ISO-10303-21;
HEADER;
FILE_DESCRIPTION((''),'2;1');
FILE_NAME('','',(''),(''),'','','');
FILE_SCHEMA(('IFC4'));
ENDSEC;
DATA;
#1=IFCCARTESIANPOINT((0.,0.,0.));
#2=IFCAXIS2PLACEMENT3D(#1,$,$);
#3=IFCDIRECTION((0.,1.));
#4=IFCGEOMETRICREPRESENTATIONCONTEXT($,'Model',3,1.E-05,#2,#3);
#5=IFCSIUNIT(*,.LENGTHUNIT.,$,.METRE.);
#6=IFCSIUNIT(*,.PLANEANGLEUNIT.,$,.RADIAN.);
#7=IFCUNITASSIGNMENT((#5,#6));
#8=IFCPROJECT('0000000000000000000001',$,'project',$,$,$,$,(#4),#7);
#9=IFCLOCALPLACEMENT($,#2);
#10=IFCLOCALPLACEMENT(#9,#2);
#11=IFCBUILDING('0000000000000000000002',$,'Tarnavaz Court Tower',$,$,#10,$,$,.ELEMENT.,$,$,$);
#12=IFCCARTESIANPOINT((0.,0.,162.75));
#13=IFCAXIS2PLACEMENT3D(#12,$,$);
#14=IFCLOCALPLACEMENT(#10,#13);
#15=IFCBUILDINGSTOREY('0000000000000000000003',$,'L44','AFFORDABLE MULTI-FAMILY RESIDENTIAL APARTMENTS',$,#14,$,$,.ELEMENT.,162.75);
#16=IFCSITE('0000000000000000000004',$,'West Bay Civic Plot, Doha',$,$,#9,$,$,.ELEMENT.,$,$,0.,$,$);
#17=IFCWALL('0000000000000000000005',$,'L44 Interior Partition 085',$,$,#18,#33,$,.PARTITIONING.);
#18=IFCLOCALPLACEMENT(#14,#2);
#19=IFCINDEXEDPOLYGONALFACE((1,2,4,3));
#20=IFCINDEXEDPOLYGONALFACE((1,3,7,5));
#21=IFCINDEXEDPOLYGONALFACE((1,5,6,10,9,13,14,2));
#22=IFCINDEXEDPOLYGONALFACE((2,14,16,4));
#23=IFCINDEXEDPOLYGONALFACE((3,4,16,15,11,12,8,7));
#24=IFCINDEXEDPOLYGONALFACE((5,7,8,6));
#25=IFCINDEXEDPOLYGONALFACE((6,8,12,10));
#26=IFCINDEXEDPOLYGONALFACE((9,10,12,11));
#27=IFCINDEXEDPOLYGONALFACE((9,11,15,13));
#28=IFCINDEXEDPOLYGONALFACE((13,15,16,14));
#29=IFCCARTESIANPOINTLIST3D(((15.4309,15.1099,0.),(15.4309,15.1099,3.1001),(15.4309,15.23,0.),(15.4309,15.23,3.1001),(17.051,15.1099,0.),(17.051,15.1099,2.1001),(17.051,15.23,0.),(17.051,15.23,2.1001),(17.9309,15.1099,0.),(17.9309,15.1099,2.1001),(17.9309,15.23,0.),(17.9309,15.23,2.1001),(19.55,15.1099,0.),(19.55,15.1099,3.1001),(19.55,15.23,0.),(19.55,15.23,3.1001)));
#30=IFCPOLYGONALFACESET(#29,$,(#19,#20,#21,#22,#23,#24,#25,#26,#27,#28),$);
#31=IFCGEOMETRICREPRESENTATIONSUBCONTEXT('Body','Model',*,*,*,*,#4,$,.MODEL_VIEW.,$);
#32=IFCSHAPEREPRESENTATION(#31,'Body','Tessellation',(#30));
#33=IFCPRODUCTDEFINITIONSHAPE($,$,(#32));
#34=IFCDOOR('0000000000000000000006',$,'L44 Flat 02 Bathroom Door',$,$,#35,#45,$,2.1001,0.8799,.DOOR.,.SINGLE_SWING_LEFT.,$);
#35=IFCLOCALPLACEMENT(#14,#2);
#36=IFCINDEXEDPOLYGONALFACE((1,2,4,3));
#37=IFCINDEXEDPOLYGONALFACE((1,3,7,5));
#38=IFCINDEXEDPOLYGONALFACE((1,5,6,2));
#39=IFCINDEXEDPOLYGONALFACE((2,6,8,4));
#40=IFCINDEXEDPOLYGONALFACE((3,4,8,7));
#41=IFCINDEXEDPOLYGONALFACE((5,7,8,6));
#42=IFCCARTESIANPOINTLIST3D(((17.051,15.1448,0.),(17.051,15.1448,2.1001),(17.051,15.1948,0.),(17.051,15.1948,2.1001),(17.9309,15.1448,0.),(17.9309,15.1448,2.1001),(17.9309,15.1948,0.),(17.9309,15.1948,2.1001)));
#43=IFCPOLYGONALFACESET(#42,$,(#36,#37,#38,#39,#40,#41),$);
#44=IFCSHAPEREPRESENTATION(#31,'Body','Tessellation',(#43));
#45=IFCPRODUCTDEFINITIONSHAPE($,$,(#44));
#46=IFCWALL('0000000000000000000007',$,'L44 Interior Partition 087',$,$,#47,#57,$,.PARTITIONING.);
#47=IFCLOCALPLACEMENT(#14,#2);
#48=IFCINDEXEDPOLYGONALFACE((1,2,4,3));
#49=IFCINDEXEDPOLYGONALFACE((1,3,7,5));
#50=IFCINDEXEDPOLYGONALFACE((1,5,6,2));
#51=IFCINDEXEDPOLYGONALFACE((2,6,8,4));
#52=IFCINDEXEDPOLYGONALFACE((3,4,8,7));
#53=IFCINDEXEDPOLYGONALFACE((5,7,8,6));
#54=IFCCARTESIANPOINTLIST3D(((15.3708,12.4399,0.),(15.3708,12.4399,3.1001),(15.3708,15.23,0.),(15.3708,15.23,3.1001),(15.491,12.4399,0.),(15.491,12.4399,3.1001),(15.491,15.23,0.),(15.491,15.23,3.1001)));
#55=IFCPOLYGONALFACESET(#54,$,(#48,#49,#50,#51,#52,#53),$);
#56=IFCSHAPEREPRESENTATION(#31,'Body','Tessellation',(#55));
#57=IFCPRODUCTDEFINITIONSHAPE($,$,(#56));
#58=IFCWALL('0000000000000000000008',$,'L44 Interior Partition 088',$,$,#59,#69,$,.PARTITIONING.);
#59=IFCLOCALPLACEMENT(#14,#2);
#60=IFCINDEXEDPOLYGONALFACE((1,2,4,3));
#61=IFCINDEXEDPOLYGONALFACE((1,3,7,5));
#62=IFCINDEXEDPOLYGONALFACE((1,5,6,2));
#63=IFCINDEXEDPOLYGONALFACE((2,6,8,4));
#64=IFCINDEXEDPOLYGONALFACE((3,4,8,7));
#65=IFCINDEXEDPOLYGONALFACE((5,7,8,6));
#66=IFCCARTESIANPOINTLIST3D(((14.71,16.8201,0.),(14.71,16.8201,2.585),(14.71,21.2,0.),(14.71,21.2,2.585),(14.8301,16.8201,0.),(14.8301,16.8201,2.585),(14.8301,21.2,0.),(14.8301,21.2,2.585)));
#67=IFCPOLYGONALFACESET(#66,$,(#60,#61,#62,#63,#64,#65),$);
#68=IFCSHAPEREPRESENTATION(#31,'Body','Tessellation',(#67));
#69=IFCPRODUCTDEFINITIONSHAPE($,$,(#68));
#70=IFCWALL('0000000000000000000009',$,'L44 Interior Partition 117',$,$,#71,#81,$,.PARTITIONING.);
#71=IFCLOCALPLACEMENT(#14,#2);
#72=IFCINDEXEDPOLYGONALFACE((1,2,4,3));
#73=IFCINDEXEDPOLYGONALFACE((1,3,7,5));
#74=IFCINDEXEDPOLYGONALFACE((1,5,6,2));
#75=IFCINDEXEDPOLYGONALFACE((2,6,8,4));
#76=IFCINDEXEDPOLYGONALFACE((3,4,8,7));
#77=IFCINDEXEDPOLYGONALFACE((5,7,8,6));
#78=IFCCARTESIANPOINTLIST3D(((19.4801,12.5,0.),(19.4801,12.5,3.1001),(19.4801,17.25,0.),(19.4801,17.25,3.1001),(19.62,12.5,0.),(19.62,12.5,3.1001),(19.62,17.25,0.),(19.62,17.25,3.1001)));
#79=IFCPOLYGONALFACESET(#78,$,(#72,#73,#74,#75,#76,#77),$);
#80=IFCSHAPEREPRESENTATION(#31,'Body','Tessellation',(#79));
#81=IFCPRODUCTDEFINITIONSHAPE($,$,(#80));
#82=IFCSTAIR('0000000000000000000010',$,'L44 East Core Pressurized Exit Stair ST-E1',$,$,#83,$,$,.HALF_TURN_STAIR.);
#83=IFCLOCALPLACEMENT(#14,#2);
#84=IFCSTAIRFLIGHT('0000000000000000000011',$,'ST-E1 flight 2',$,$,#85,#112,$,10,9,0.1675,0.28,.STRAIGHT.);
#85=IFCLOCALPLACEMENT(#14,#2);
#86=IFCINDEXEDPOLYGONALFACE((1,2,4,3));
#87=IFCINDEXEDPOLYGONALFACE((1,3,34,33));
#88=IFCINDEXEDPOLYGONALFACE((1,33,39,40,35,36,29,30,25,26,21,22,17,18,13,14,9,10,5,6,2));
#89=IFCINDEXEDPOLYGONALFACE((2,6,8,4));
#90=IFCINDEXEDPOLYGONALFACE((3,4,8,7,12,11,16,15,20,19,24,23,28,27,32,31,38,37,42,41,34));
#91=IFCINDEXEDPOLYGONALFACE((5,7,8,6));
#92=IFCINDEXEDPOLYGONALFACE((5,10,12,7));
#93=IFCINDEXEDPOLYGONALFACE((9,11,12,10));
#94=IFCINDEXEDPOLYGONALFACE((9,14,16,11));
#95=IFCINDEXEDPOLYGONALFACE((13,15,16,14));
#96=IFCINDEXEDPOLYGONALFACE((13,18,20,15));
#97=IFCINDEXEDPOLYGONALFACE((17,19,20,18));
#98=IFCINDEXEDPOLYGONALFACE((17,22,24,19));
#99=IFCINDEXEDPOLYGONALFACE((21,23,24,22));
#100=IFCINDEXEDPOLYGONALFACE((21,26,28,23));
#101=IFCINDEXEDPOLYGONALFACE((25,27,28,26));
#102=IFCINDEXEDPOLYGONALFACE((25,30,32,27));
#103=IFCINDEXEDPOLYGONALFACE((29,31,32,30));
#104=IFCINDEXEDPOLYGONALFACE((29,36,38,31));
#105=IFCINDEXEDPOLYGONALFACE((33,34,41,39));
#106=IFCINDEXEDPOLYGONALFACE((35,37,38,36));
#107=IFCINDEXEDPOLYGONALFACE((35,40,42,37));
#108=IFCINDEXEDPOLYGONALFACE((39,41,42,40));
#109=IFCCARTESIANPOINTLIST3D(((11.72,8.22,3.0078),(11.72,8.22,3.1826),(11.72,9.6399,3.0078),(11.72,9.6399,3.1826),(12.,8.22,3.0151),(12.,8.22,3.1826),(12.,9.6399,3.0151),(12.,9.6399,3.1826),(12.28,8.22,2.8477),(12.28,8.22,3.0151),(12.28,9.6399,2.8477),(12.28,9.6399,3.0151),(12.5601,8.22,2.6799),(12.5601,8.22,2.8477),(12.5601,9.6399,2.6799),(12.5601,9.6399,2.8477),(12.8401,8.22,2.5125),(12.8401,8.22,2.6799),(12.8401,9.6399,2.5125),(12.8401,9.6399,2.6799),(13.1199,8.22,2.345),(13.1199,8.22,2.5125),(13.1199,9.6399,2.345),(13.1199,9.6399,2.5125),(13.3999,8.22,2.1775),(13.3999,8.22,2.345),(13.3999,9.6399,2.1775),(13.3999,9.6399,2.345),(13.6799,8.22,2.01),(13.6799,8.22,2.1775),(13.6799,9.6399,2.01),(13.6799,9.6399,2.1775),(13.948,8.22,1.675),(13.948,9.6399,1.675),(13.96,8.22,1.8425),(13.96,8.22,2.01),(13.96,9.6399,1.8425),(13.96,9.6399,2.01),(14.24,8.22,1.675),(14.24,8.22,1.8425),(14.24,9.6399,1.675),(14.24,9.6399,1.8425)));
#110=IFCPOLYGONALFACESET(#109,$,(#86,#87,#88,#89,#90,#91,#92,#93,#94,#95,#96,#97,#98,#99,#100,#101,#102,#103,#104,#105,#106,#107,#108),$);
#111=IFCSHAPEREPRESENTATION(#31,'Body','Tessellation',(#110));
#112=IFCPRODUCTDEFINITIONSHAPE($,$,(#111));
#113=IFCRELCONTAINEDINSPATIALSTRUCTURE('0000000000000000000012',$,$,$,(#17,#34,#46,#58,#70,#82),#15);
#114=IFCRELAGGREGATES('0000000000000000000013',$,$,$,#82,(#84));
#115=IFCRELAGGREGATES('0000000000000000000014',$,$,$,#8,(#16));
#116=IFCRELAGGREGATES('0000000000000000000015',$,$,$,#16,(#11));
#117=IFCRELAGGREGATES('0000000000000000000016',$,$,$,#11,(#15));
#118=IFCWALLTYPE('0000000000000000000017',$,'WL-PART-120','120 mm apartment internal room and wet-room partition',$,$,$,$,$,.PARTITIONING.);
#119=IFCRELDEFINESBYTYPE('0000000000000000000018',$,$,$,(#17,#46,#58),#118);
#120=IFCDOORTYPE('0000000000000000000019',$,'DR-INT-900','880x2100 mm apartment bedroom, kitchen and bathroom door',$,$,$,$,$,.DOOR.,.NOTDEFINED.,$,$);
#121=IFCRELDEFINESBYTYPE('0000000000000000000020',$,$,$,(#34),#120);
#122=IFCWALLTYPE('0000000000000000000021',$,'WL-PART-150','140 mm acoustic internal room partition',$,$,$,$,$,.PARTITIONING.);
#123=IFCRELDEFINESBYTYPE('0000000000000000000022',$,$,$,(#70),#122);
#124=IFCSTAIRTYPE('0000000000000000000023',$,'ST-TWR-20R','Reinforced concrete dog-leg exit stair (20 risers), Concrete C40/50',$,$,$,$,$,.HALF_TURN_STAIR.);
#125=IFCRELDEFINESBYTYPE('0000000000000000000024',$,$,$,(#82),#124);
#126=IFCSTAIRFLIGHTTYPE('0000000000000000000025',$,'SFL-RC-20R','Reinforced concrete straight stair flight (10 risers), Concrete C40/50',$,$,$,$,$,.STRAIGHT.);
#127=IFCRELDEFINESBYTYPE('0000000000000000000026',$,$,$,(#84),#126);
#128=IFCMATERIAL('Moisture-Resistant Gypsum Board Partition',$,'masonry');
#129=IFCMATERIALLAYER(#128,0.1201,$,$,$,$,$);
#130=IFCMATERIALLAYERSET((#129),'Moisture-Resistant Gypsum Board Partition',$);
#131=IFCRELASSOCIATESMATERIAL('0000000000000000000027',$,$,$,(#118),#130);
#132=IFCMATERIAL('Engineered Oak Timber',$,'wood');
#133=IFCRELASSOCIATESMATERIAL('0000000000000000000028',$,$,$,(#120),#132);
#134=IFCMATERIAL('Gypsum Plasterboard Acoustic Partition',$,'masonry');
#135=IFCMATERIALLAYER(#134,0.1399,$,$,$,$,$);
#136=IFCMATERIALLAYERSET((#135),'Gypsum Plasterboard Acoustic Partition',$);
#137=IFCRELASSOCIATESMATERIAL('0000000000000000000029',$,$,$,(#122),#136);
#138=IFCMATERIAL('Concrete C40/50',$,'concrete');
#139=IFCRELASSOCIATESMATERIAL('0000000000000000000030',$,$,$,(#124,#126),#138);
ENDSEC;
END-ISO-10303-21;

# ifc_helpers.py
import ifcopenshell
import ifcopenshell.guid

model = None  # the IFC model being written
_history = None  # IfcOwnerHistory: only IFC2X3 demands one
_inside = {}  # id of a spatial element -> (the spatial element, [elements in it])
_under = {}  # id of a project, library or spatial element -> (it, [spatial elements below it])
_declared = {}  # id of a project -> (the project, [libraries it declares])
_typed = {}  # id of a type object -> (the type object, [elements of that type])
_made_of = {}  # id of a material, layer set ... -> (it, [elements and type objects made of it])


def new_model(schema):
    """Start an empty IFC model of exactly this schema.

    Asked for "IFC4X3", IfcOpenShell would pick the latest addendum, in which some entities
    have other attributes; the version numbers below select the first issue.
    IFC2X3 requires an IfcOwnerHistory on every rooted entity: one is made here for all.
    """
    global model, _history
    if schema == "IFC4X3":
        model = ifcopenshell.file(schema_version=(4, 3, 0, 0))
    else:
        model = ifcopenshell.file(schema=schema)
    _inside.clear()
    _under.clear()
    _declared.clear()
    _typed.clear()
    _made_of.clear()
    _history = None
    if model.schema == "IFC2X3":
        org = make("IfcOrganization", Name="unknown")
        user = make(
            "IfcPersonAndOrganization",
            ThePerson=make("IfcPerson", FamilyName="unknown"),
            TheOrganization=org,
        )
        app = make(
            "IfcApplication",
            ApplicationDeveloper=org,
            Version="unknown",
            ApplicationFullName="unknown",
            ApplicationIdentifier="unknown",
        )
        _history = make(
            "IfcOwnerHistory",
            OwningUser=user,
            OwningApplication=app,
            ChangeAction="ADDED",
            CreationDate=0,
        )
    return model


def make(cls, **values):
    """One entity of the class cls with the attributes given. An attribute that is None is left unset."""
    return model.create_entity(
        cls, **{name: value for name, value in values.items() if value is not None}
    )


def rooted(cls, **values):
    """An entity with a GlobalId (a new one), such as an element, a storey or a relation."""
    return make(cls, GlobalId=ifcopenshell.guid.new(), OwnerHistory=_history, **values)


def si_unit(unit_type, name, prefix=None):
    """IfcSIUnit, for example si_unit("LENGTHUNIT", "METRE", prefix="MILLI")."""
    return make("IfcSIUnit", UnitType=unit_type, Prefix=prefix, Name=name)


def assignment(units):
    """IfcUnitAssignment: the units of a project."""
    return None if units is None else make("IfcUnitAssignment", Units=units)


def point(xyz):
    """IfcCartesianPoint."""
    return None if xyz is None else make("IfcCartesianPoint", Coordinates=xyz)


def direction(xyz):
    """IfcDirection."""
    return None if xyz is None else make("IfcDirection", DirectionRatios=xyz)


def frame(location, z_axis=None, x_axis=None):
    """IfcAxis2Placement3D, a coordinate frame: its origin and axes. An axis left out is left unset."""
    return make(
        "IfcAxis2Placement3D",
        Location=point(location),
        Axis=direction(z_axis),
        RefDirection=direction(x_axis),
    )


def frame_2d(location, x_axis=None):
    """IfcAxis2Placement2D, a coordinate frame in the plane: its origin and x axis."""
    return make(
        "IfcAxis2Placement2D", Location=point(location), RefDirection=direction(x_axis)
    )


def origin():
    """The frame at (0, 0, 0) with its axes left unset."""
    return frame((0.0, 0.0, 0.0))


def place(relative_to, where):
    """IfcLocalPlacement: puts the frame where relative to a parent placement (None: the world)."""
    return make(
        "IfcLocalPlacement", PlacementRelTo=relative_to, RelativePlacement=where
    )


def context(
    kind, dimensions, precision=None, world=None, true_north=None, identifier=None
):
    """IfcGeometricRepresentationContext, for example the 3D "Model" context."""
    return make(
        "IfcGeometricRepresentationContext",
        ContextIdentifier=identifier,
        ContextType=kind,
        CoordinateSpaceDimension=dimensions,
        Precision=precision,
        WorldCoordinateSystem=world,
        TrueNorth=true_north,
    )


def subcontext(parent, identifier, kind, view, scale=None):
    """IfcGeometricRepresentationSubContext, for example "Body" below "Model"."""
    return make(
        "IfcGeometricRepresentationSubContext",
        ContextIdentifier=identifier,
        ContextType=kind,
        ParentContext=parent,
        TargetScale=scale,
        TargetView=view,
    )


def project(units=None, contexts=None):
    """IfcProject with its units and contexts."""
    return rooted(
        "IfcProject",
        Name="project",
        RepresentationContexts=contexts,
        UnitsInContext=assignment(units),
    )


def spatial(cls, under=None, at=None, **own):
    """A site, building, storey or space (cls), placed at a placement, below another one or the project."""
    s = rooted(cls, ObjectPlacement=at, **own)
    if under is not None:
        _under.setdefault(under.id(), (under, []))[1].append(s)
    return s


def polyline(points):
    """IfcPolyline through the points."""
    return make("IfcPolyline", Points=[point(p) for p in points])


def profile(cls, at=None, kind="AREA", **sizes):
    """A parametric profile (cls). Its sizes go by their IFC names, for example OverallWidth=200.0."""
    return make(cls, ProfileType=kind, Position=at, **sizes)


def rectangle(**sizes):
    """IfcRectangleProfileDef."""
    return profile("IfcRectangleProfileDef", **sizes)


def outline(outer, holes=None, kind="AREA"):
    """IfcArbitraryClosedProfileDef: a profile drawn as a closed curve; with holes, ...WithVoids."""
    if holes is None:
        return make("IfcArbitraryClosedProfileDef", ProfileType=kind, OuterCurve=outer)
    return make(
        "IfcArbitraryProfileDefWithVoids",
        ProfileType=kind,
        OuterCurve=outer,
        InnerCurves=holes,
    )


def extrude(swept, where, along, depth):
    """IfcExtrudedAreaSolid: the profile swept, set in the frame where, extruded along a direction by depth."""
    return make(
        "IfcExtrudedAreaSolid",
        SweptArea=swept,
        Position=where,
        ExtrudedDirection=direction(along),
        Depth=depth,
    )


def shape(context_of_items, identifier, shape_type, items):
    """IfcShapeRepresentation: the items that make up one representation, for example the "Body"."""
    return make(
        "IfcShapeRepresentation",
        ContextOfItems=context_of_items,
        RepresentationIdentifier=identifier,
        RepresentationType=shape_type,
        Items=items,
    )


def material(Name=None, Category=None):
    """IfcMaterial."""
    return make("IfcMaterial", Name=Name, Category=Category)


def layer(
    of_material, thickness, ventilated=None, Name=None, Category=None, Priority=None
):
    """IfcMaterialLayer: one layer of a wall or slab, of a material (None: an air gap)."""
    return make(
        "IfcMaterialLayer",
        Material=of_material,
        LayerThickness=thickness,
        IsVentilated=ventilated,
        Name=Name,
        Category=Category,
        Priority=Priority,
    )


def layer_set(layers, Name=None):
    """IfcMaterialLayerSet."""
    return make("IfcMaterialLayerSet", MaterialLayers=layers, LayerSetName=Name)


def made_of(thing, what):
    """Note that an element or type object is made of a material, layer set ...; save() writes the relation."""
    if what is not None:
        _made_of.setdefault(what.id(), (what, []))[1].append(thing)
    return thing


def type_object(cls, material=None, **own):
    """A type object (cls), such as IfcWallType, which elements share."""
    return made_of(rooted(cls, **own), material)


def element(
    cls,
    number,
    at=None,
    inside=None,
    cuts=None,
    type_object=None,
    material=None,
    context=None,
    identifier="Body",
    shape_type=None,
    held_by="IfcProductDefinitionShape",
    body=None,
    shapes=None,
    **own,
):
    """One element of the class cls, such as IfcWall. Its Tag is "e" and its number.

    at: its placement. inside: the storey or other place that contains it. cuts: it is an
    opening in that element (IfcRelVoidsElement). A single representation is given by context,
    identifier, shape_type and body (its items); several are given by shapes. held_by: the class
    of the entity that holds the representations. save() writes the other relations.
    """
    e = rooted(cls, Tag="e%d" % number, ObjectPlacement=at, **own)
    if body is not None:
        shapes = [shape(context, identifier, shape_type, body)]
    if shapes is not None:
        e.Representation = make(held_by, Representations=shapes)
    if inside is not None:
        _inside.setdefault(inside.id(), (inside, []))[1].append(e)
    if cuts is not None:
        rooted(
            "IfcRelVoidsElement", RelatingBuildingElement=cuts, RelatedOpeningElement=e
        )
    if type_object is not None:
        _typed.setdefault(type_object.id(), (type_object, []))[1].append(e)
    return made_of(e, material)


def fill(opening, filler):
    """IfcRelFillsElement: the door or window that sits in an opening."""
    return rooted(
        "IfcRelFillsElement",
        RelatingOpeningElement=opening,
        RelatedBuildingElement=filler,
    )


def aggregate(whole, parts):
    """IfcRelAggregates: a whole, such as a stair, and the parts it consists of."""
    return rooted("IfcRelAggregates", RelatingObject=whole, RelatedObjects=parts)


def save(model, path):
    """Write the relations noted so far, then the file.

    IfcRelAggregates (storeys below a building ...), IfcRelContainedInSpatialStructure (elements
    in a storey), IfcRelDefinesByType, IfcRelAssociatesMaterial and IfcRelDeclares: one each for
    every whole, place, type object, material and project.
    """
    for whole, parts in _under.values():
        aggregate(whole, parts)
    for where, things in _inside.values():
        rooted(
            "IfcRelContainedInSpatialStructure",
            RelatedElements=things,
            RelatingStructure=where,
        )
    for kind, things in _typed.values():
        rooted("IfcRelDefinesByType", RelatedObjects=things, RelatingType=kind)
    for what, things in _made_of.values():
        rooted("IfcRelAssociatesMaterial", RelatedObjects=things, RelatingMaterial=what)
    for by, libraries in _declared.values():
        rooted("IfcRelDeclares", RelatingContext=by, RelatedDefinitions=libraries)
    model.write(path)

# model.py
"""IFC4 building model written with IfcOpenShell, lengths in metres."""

from ifc_helpers import new_model, si_unit, direction, frame, frame_2d, origin, place, context, subcontext, project, spatial, polyline, rectangle, outline, extrude, material, layer, layer_set, type_object, element, fill, aggregate, save


model = new_model("IFC4")

# Units and contexts
model_context = context("Model", 3, precision=1e-05, world=origin(), true_north=direction((0.0, 1.0)))
body_context = subcontext(model_context, "Body", "Model", "MODEL_VIEW")
ifc_project = project(units=[si_unit("LENGTHUNIT", "METRE"), si_unit("PLANEANGLEUNIT", "RADIAN")], contexts=[model_context])

# Site, building, storey
site_placement = place(None, origin())
site = spatial("IfcSite", under=ifc_project, at=site_placement, Name="West Bay Civic Plot, Doha", CompositionType="ELEMENT", RefElevation=0.0)
building_placement = place(site_placement, origin())
building = spatial("IfcBuilding", under=site, at=building_placement, Name="Tarnavaz Court Tower", CompositionType="ELEMENT")
storey_placement = place(building_placement, frame((0.0, 0.0, 162.75)))
storey = spatial("IfcBuildingStorey", under=building, at=storey_placement, Name="L44", Description="AFFORDABLE MULTI-FAMILY RESIDENTIAL APARTMENTS", CompositionType="ELEMENT", Elevation=162.75)

# Wall, opening, door
ifc_material_1 = material(Name="Engineered Oak Timber", Category="wood")
ifc_material_2 = material(Name="Moisture-Resistant Gypsum Board Partition", Category="masonry")
ifc_layer_1 = layer(ifc_material_2, 0.1201)
ifc_layer_set_1 = layer_set([ifc_layer_1], Name="Moisture-Resistant Gypsum Board Partition")
wall_type_1 = type_object("IfcWallType", Name="WL-PART-120", Description="120 mm apartment internal room and wet-room partition", PredefinedType="PARTITIONING", material=ifc_layer_set_1)
wall_1_placement = place(storey_placement, frame((15.4309, 15.1699, 0.0), z_axis=(0.0, 0.0, 1.0), x_axis=(1.0, 0.0, 0.0)))
wall_1 = element("IfcWall", 1, at=wall_1_placement, inside=storey, type_object=wall_type_1, Name="L44 Interior Partition 085", PredefinedType="PARTITIONING", context=body_context, shape_type="SweptSolid", body=[
    extrude(rectangle(XDim=4.1191, YDim=0.1201, at=frame_2d((2.0596, 0.0))), origin(), (0.0, 0.0, 1.0), 3.1001),
])
opening_1_placement = place(wall_1_placement, frame((1.6201, 0.0, 0.0)))
opening_1 = element("IfcOpeningElement", 2, at=opening_1_placement, cuts=wall_1, PredefinedType="OPENING", context=body_context, shape_type="SweptSolid", body=[
    extrude(rectangle(XDim=0.8799, YDim=2.1001, at=frame_2d((0.4399, 1.05))), frame((0.0, 0.0701, 0.0), z_axis=(0.0, -1.0, 0.0), x_axis=(1.0, 0.0, 0.0)), (0.0, 0.0, 1.0), 0.1401),
])
door_type_1 = type_object("IfcDoorType", Name="DR-INT-900", Description="880x2100 mm apartment bedroom, kitchen and bathroom door", OperationType="NOTDEFINED", PredefinedType="DOOR", material=ifc_material_1)
door_1_placement = place(opening_1_placement, origin())
door_1 = element("IfcDoor", 3, at=door_1_placement, inside=storey, type_object=door_type_1, Name="L44 Flat 02 Bathroom Door", OperationType="SINGLE_SWING_LEFT", OverallHeight=2.1001, OverallWidth=0.8799, PredefinedType="DOOR", context=body_context, shape_type="SweptSolid", body=[
    extrude(rectangle(XDim=0.8799, YDim=2.1001, at=frame_2d((0.4399, 1.05))), frame((0.0, 0.0249, 0.0), z_axis=(0.0, -1.0, 0.0), x_axis=(1.0, 0.0, 0.0)), (0.0, 0.0, 1.0), 0.05),
])
fill(opening_1, door_1)

# Walls
wall_2_placement = place(storey_placement, frame((15.4309, 12.4399, 0.0), z_axis=(0.0, 0.0, 1.0), x_axis=(0.0, 1.0, 0.0)))
element("IfcWall", 4, at=wall_2_placement, inside=storey, type_object=wall_type_1, Name="L44 Interior Partition 087", PredefinedType="PARTITIONING", context=body_context, shape_type="SweptSolid", body=[
    extrude(rectangle(XDim=2.79, YDim=0.1201, at=frame_2d((1.395, 0.0))), origin(), (0.0, 0.0, 1.0), 3.1001),
])
wall_3_placement = place(storey_placement, frame((14.77, 16.8201, 0.0), z_axis=(0.0, 0.0, 1.0), x_axis=(0.0, 1.0, 0.0)))
element("IfcWall", 5, at=wall_3_placement, inside=storey, type_object=wall_type_1, Name="L44 Interior Partition 088", PredefinedType="PARTITIONING", context=body_context, shape_type="SweptSolid", body=[
    extrude(rectangle(XDim=4.3799, YDim=0.1201, at=frame_2d((2.1899, 0.0))), origin(), (0.0, 0.0, 1.0), 2.585),
])
ifc_material_3 = material(Name="Gypsum Plasterboard Acoustic Partition", Category="masonry")
ifc_layer_2 = layer(ifc_material_3, 0.1399)
ifc_layer_set_2 = layer_set([ifc_layer_2], Name="Gypsum Plasterboard Acoustic Partition")
wall_type_2 = type_object("IfcWallType", Name="WL-PART-150", Description="140 mm acoustic internal room partition", PredefinedType="PARTITIONING", material=ifc_layer_set_2)
wall_4_placement = place(storey_placement, frame((19.55, 12.5, 0.0), z_axis=(0.0, 0.0, 1.0), x_axis=(0.0, 1.0, 0.0)))
element("IfcWall", 6, at=wall_4_placement, inside=storey, type_object=wall_type_2, Name="L44 Interior Partition 117", PredefinedType="PARTITIONING", context=body_context, shape_type="SweptSolid", body=[
    extrude(rectangle(XDim=4.75, YDim=0.1399, at=frame_2d((2.375, 0.0))), origin(), (0.0, 0.0, 1.0), 3.1001),
])

# Stair, stair flight
ifc_material_4 = material(Name="Concrete C40/50", Category="concrete")
stair_type = type_object("IfcStairType", Name="ST-TWR-20R", Description="Reinforced concrete dog-leg exit stair (20 risers), Concrete C40/50", PredefinedType="HALF_TURN_STAIR", material=ifc_material_4)
stair_placement = place(storey_placement, origin())
stair = element("IfcStair", 7, at=stair_placement, inside=storey, type_object=stair_type, Name="L44 East Core Pressurized Exit Stair ST-E1", PredefinedType="HALF_TURN_STAIR")
stair_flight_type = type_object("IfcStairFlightType", Name="SFL-RC-20R", Description="Reinforced concrete straight stair flight (10 risers), Concrete C40/50", PredefinedType="STRAIGHT", material=ifc_material_4)
stair_flight_placement = place(storey_placement, frame((14.24, 8.9299, 1.675), z_axis=(0.0, 0.0, 1.0), x_axis=(-1.0, 0.0, 0.0)))
stair_flight = element("IfcStairFlight", 8, at=stair_flight_placement, type_object=stair_flight_type, Name="ST-E1 flight 2", NumberOfRisers=10, NumberOfTreads=9, PredefinedType="STRAIGHT", RiserHeight=0.1675, TreadLength=0.28, context=body_context, shape_type="SweptSolid", body=[
    extrude(outline(polyline([(0.0, 0.0), (0.0, 0.1675), (0.28, 0.1675), (0.28, 0.335), (0.5601, 0.335), (0.5601, 0.5024), (0.8401, 0.5024), (0.8401, 0.6699), (1.1201, 0.6699), (1.1201, 0.8374), (1.3999, 0.8374), (1.3999, 1.0049), (1.6799, 1.0049), (1.6799, 1.1726), (1.96, 1.1726), (1.96, 1.3401), (2.24, 1.3401), (2.24, 1.5076), (2.52, 1.5076), (2.52, 1.675), (2.52, 1.3328), (0.292, 0.0), (0.0, 0.0)])), frame((0.0, 0.71, 0.0), z_axis=(0.0, -1.0, 0.0), x_axis=(1.0, 0.0, 0.0)), (0.0, 0.0, 1.0), 1.4199),
])
aggregate(stair, [stair_flight])

save(model, "model.ifc")
